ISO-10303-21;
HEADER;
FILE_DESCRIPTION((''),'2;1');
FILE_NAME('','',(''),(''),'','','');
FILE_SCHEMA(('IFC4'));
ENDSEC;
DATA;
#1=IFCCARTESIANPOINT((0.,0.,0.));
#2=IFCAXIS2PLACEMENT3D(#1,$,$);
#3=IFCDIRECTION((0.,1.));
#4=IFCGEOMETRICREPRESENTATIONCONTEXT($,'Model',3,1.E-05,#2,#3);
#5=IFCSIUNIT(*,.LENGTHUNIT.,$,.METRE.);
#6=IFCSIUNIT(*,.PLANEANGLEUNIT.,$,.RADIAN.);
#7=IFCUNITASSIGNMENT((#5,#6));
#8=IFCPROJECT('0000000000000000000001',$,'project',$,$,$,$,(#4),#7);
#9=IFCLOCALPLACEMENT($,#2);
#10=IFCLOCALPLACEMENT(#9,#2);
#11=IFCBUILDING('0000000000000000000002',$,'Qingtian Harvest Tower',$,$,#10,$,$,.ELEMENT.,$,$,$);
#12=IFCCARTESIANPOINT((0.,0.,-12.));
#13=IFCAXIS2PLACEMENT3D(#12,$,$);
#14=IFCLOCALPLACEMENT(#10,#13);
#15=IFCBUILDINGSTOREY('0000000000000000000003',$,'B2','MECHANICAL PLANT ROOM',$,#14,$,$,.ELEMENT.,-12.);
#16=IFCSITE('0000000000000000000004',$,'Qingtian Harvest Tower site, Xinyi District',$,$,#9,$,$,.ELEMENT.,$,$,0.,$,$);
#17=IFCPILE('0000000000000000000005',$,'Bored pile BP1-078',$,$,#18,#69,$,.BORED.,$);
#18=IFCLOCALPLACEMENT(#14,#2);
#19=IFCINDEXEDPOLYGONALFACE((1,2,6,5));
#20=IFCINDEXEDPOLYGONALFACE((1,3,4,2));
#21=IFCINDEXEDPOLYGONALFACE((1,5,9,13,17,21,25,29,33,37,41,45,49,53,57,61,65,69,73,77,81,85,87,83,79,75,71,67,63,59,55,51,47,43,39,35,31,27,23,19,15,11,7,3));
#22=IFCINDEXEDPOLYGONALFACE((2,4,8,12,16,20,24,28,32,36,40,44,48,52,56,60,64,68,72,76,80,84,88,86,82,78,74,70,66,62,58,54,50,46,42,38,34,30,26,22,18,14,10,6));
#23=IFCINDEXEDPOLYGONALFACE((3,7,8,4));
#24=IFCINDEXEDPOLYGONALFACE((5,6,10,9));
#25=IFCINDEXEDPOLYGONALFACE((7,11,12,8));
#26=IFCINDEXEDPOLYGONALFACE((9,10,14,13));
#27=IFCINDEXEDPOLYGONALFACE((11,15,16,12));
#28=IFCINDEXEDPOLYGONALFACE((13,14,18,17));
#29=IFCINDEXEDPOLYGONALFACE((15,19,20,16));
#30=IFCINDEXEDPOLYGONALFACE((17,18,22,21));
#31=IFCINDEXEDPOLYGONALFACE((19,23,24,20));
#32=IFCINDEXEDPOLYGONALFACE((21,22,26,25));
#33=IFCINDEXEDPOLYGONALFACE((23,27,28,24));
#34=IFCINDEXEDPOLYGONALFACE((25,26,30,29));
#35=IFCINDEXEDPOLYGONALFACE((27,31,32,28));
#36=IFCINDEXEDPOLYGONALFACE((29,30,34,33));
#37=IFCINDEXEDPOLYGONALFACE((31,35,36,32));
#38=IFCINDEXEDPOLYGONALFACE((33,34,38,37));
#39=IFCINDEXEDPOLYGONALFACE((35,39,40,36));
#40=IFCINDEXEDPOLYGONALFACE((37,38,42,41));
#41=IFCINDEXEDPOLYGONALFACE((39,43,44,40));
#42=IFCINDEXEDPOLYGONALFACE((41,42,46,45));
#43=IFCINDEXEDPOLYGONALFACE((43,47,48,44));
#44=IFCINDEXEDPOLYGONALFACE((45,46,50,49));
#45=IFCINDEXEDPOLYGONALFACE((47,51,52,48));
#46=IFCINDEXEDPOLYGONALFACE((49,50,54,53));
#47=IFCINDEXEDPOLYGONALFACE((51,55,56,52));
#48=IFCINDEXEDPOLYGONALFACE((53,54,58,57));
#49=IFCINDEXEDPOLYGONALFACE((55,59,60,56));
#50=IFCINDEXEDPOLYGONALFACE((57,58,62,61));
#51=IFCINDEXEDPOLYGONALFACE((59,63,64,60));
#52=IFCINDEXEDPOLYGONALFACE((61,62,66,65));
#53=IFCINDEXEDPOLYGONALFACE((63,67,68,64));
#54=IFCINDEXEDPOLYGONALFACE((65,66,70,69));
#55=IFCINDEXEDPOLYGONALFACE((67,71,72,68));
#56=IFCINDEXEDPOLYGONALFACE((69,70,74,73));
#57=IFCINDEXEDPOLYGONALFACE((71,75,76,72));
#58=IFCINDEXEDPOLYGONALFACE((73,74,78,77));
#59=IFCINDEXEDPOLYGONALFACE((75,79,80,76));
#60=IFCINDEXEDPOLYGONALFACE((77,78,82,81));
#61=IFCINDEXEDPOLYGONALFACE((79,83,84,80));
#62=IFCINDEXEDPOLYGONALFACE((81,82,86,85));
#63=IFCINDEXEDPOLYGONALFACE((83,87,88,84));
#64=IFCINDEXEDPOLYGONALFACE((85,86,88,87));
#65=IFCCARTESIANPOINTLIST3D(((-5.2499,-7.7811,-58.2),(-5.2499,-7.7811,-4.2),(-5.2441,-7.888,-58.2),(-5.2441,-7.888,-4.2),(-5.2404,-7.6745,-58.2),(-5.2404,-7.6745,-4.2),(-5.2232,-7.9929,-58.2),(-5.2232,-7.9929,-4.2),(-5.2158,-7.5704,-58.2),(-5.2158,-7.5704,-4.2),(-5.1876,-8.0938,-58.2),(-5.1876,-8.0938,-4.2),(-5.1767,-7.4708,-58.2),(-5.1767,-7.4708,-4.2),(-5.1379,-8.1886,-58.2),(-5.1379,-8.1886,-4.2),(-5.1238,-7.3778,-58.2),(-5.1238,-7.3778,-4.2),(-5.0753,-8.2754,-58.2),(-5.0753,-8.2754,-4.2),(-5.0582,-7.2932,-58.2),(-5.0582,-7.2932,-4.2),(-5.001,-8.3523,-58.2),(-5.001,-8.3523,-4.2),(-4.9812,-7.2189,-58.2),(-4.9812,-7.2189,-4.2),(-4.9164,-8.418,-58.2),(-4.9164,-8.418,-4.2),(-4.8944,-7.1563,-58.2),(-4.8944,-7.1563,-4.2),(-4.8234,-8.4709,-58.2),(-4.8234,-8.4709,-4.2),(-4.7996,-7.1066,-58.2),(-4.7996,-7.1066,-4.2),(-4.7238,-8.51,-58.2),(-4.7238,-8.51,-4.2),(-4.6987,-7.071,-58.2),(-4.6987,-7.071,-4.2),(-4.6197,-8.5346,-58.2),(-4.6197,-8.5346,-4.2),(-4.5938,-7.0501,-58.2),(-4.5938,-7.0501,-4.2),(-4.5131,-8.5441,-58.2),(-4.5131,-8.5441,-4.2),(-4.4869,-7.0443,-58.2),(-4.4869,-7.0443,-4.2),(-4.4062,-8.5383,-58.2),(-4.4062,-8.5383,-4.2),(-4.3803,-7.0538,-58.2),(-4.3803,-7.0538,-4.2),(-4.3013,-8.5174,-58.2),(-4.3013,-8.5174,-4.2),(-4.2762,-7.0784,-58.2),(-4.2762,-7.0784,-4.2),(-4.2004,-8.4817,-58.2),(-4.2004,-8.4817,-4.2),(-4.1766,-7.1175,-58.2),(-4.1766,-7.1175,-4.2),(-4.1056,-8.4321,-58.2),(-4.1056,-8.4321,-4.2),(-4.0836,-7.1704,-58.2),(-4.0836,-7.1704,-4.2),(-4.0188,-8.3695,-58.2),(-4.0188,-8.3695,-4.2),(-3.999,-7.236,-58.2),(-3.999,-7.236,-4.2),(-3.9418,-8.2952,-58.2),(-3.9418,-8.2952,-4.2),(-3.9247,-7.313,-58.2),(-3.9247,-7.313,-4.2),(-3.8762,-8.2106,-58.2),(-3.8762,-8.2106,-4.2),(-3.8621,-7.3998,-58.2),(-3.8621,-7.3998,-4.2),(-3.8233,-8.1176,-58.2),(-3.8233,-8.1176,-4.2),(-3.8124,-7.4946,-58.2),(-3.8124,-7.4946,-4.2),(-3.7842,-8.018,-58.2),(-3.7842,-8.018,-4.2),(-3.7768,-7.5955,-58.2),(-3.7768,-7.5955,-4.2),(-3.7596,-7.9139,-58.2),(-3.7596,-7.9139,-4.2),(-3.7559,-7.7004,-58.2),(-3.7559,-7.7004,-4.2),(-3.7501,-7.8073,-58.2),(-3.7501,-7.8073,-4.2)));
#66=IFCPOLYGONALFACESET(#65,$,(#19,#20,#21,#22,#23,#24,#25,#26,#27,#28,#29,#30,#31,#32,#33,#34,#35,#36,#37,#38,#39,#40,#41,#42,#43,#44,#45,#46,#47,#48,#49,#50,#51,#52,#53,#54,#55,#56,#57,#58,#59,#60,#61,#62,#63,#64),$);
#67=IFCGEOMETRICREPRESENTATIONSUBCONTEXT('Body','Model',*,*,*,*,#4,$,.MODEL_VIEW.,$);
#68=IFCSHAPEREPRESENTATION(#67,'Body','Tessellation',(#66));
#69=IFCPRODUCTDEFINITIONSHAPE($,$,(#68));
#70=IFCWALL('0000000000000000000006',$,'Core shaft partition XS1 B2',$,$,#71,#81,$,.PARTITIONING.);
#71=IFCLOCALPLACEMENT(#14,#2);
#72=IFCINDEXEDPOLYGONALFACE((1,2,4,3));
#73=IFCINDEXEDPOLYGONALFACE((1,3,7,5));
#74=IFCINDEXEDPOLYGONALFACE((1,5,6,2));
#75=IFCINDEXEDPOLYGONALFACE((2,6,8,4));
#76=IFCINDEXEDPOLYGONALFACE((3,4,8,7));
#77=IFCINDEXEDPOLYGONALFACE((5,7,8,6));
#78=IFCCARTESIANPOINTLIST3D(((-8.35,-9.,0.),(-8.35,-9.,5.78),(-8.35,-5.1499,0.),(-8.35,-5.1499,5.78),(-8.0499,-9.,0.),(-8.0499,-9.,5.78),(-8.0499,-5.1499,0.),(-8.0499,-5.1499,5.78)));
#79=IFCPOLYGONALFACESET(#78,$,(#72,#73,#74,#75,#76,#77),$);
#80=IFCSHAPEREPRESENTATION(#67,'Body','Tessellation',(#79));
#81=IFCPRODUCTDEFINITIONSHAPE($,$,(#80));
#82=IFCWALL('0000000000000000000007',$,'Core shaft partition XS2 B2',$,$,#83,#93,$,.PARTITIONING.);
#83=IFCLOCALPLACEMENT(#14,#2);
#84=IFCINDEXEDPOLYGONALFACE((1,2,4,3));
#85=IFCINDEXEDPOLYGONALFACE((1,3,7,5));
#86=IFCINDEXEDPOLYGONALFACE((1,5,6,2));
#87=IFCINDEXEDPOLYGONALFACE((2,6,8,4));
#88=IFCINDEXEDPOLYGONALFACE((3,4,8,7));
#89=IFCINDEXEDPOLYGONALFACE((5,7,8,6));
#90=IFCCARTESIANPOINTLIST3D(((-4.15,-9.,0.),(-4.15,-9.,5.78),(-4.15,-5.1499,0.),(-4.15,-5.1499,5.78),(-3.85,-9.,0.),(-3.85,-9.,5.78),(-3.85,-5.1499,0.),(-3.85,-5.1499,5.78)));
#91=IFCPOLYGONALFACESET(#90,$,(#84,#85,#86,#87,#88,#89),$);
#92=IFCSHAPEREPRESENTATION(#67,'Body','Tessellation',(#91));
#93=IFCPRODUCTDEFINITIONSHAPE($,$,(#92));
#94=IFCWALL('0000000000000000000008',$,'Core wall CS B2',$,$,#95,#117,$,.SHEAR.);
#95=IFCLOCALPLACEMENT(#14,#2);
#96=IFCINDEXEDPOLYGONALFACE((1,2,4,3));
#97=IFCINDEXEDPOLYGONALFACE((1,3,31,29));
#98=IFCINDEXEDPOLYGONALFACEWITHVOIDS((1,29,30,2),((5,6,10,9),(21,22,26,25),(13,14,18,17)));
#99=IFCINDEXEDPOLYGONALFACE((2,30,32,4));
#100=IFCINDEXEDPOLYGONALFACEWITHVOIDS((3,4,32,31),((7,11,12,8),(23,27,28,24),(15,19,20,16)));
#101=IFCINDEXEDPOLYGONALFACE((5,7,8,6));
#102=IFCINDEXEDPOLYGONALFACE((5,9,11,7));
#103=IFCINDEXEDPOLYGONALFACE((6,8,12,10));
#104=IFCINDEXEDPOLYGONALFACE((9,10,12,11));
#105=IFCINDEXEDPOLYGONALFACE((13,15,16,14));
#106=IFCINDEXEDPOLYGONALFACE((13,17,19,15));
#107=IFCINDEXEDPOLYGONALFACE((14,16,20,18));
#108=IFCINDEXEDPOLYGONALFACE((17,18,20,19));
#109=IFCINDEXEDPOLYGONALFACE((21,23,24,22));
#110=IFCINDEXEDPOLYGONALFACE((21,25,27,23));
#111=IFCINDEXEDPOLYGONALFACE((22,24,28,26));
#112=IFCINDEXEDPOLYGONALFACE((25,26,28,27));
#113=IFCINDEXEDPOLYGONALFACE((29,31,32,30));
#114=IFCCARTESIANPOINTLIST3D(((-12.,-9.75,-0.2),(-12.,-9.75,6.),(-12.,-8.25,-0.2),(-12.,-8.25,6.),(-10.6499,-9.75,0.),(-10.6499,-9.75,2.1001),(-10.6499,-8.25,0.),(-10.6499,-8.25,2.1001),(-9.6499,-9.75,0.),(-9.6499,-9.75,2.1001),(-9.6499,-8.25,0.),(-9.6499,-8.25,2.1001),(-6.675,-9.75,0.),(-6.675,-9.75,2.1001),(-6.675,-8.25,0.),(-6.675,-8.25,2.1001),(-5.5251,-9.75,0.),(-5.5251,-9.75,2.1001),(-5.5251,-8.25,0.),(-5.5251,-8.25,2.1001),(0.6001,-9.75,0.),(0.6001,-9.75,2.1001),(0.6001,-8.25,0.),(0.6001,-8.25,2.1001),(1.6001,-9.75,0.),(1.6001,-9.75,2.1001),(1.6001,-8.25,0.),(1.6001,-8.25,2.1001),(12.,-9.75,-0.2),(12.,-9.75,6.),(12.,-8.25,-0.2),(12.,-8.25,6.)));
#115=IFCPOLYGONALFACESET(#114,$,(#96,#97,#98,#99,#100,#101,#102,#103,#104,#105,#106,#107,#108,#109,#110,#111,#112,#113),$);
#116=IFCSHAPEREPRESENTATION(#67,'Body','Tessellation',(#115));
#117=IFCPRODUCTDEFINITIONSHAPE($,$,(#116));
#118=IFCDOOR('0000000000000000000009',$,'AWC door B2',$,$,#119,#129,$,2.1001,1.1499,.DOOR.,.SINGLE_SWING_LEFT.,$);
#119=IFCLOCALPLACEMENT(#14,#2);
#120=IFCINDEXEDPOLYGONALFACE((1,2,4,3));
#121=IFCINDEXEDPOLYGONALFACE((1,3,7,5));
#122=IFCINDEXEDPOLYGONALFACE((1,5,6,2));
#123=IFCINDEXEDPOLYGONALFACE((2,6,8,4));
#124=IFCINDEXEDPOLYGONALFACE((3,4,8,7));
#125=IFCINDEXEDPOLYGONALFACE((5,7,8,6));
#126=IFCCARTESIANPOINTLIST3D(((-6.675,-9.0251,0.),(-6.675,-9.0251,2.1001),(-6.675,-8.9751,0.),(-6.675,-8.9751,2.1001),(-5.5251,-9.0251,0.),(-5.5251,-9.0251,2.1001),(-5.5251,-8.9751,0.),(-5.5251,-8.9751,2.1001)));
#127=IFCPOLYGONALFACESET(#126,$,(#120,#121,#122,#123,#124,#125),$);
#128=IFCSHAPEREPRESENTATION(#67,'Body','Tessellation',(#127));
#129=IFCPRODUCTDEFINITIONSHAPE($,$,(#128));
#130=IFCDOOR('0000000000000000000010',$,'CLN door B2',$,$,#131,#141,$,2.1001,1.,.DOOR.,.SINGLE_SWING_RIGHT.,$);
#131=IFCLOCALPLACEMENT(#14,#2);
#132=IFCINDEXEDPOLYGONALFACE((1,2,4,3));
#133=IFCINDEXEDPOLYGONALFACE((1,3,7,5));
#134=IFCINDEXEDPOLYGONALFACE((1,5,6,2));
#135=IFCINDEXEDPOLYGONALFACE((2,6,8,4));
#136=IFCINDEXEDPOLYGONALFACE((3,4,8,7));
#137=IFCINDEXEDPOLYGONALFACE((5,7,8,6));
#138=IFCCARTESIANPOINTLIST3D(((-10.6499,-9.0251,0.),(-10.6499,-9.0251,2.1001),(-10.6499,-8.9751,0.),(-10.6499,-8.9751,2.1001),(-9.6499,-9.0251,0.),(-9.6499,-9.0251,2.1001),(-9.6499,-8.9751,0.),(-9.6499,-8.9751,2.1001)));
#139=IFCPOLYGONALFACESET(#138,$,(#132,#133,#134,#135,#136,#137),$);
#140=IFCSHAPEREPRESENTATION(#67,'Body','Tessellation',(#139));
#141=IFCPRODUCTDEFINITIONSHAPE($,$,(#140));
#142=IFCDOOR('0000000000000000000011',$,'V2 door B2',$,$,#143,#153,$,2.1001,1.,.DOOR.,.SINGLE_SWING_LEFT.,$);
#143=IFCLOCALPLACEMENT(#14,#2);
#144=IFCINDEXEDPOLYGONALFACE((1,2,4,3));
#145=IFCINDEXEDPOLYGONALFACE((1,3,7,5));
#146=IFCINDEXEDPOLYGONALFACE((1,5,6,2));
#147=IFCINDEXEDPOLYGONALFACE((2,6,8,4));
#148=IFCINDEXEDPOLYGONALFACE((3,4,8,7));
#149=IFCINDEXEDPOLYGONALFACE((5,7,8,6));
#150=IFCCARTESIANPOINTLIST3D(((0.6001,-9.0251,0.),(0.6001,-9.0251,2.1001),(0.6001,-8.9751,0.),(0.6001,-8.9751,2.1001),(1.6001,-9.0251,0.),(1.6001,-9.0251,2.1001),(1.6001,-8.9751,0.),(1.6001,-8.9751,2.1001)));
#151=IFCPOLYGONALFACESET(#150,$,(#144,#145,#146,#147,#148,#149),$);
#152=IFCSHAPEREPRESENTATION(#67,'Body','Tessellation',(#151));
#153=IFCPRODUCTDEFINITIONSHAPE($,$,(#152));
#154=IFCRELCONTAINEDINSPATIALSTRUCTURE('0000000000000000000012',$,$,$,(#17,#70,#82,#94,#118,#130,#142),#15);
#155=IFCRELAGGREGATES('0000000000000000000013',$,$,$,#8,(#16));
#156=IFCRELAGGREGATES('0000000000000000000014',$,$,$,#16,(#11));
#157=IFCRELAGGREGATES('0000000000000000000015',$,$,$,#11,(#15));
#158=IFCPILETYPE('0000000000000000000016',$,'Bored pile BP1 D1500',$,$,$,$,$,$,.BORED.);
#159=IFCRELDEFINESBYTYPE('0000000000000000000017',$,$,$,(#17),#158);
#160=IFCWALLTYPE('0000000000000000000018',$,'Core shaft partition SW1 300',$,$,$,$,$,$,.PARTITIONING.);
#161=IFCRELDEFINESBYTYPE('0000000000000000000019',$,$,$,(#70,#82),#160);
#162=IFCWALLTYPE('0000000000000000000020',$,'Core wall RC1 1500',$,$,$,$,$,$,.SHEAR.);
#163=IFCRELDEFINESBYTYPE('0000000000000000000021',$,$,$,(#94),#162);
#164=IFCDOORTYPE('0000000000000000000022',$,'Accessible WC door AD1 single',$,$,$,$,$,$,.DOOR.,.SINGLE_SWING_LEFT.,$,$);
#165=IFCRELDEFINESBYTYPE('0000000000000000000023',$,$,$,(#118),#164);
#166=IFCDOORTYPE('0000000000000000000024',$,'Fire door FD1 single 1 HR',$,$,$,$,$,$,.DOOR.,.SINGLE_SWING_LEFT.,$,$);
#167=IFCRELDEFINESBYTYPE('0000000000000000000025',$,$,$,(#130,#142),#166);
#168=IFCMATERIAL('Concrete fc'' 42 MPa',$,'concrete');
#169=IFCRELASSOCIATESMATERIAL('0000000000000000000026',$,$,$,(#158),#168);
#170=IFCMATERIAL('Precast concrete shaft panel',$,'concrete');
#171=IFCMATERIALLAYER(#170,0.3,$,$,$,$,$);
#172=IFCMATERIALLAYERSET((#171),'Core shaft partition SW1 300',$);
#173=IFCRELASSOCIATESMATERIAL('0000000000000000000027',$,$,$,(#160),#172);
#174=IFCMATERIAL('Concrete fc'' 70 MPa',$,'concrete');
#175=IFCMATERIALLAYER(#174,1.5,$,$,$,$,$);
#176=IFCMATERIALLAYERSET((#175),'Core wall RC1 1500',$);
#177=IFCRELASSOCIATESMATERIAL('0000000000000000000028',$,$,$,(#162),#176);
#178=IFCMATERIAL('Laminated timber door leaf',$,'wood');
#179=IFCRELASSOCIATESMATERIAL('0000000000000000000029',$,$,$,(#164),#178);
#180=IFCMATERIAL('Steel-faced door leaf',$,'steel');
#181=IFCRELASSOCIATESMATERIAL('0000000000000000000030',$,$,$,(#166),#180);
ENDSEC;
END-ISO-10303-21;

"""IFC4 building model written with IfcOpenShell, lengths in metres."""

from ifc_helpers import new_model, si_unit, direction, frame, frame_2d, origin, place, context, subcontext, project, spatial, rectangle, circle, extrude, material, layer, layer_set, material_profile, profile_set, type_object, element, fill, save


model = new_model("IFC4")

# Units and contexts
model_context = context("Model", 3, precision=1e-05, world=origin(), true_north=direction((0.0, 1.0)))
body_context = subcontext(model_context, "Body", "Model", "MODEL_VIEW")
ifc_project = project(units=[si_unit("LENGTHUNIT", "METRE"), si_unit("PLANEANGLEUNIT", "RADIAN")], contexts=[model_context])

# Site, building, storey
site_placement = place(None, origin())
site = spatial("IfcSite", under=ifc_project, at=site_placement, Name="Qingtian Harvest Tower site, Xinyi District", CompositionType="ELEMENT", RefElevation=0.0)
building_placement = place(site_placement, origin())
building = spatial("IfcBuilding", under=site, at=building_placement, Name="Qingtian Harvest Tower", CompositionType="ELEMENT")
storey_placement = place(building_placement, frame((0.0, 0.0, -12.0)))
storey = spatial("IfcBuildingStorey", under=building, at=storey_placement, Name="B2", Description="MECHANICAL PLANT ROOM", CompositionType="ELEMENT", Elevation=-12.0)

# Pile
ifc_material_1 = material(Name="Concrete fc' 42 MPa", Category="concrete")
ifc_material_profile = material_profile(ifc_material_1, circle(Radius=0.75, at=frame_2d((0.0, 0.0), x_axis=(0.999848, 0.017452))), Name="Bored pile BP1 D1500")
ifc_profile_set = profile_set([ifc_material_profile], Name="Concrete fc' 42 MPa")
pile_type = type_object("IfcPileType", Name="Bored pile BP1 D1500", PredefinedType="BORED", material=ifc_profile_set)
for number, where, z_axis, x_axis, name in (
    (1, (-4.5, -7.7942, -4.2), (0.0, 0.0, -1.0), (1.0, 0.0, 0.0), "Bored pile BP1-078"),
):
    element("IfcPile", number, at=place(storey_placement, frame(where, z_axis=z_axis, x_axis=x_axis)), inside=storey, type_object=pile_type, Name=name, PredefinedType="BORED", context=body_context, shape_type="SweptSolid", body=[
        extrude(circle(Radius=0.75, at=frame_2d((0.0, 0.0), x_axis=(0.999848, 0.017452))), origin(), (0.0, 0.0, 1.0), 54.0),
    ])

# Walls
ifc_material_2 = material(Name="Precast concrete shaft panel", Category="concrete")
ifc_layer_1 = layer(ifc_material_2, 0.3)
ifc_layer_set_1 = layer_set([ifc_layer_1], Name="Core shaft partition SW1 300")
wall_type_1 = type_object("IfcWallType", Name="Core shaft partition SW1 300", PredefinedType="PARTITIONING", material=ifc_layer_set_1)
for number, where, z_axis, x_axis, name in (
    (2, (-8.2, -9.0, 0.0), (0.0, 0.0, 1.0), (0.0, 1.0, 0.0), "Core shaft partition XS1 B2"),
    (3, (-4.0, -9.0, 0.0), (0.0, 0.0, 1.0), (0.0, 1.0, 0.0), "Core shaft partition XS2 B2"),
):
    element("IfcWall", number, at=place(storey_placement, frame(where, z_axis=z_axis, x_axis=x_axis)), inside=storey, type_object=wall_type_1, Name=name, PredefinedType="PARTITIONING", context=body_context, shape_type="SweptSolid", body=[
        extrude(rectangle(XDim=3.8501, YDim=0.3, at=frame_2d((1.925, 0.0))), origin(), (0.0, 0.0, 1.0), 5.78),
    ])

# Wall, openings, doors
ifc_material_3 = material(Name="Concrete fc' 70 MPa", Category="concrete")
ifc_layer_2 = layer(ifc_material_3, 1.5)
ifc_layer_set_2 = layer_set([ifc_layer_2], Name="Core wall RC1 1500")
wall_type_2 = type_object("IfcWallType", Name="Core wall RC1 1500", PredefinedType="SHEAR", material=ifc_layer_set_2)
wall_1_placement = place(storey_placement, frame((-12.0, -9.0, -0.2), z_axis=(0.0, 0.0, 1.0), x_axis=(1.0, 0.0, 0.0)))
wall_1 = element("IfcWall", 4, at=wall_1_placement, inside=storey, type_object=wall_type_2, Name="Core wall CS B2", PredefinedType="SHEAR", context=body_context, shape_type="SweptSolid", body=[
    extrude(rectangle(XDim=24.0, YDim=1.5, at=frame_2d((12.0, 0.0))), origin(), (0.0, 0.0, 1.0), 6.2),
])
opening_1_placement = place(wall_1_placement, frame((1.3501, 0.0, 0.2)))
opening_1 = element("IfcOpeningElement", 5, at=opening_1_placement, cuts=wall_1, PredefinedType="OPENING", context=body_context, shape_type="SweptSolid", body=[
    extrude(rectangle(XDim=1.0, YDim=2.1001, at=frame_2d((0.5, 1.05))), frame((0.0, 0.76, 0.0), z_axis=(0.0, -1.0, 0.0), x_axis=(1.0, 0.0, 0.0)), (0.0, 0.0, 1.0), 1.52),
])
opening_2_placement = place(wall_1_placement, frame((5.325, 0.0, 0.2)))
opening_2 = element("IfcOpeningElement", 6, at=opening_2_placement, cuts=wall_1, PredefinedType="OPENING", context=body_context, shape_type="SweptSolid", body=[
    extrude(rectangle(XDim=1.1499, YDim=2.1001, at=frame_2d((0.575, 1.05))), frame((0.0, 0.76, 0.0), z_axis=(0.0, -1.0, 0.0), x_axis=(1.0, 0.0, 0.0)), (0.0, 0.0, 1.0), 1.52),
])
opening_3_placement = place(wall_1_placement, frame((12.6001, 0.0, 0.2)))
opening_3 = element("IfcOpeningElement", 7, at=opening_3_placement, cuts=wall_1, PredefinedType="OPENING", context=body_context, shape_type="SweptSolid", body=[
    extrude(rectangle(XDim=1.0, YDim=2.1001, at=frame_2d((0.5, 1.05))), frame((0.0, 0.76, 0.0), z_axis=(0.0, -1.0, 0.0), x_axis=(1.0, 0.0, 0.0)), (0.0, 0.0, 1.0), 1.52),
])
ifc_material_4 = material(Name="Laminated timber door leaf", Category="wood")
door_type_1 = type_object("IfcDoorType", Name="Accessible WC door AD1 single", OperationType="SINGLE_SWING_LEFT", PredefinedType="DOOR", material=ifc_material_4)
door_1_placement = place(opening_2_placement, origin())
door_1 = element("IfcDoor", 8, at=door_1_placement, inside=storey, type_object=door_type_1, Name="AWC door B2", OperationType="SINGLE_SWING_LEFT", OverallHeight=2.1001, OverallWidth=1.1499, PredefinedType="DOOR", context=body_context, shape_type="SweptSolid", body=[
    extrude(rectangle(XDim=1.1499, YDim=2.1001, at=frame_2d((0.575, 1.05))), frame((0.0, 0.0249, 0.0), z_axis=(0.0, -1.0, 0.0), x_axis=(1.0, 0.0, 0.0)), (0.0, 0.0, 1.0), 0.05),
])
fill(opening_2, door_1)
ifc_material_5 = material(Name="Steel-faced door leaf", Category="steel")
door_type_2 = type_object("IfcDoorType", Name="Fire door FD1 single 1 HR", OperationType="SINGLE_SWING_LEFT", PredefinedType="DOOR", material=ifc_material_5)
door_2_placement = place(opening_1_placement, origin())
door_2 = element("IfcDoor", 9, at=door_2_placement, inside=storey, type_object=door_type_2, Name="CLN door B2", OperationType="SINGLE_SWING_RIGHT", OverallHeight=2.1001, OverallWidth=1.0, PredefinedType="DOOR", context=body_context, shape_type="SweptSolid", body=[
    extrude(rectangle(XDim=1.0, YDim=2.1001, at=frame_2d((0.5, 1.05))), frame((0.0, 0.0249, 0.0), z_axis=(0.0, -1.0, 0.0), x_axis=(1.0, 0.0, 0.0)), (0.0, 0.0, 1.0), 0.05),
])
fill(opening_1, door_2)
door_3_placement = place(opening_3_placement, origin())
door_3 = element("IfcDoor", 10, at=door_3_placement, inside=storey, type_object=door_type_2, Name="V2 door B2", OperationType="SINGLE_SWING_LEFT", OverallHeight=2.1001, OverallWidth=1.0, PredefinedType="DOOR", context=body_context, shape_type="SweptSolid", body=[
    extrude(rectangle(XDim=1.0, YDim=2.1001, at=frame_2d((0.5, 1.05))), frame((0.0, 0.0249, 0.0), z_axis=(0.0, -1.0, 0.0), x_axis=(1.0, 0.0, 0.0)), (0.0, 0.0, 1.0), 0.05),
])
fill(opening_3, door_3)

save(model, "model.ifc")
